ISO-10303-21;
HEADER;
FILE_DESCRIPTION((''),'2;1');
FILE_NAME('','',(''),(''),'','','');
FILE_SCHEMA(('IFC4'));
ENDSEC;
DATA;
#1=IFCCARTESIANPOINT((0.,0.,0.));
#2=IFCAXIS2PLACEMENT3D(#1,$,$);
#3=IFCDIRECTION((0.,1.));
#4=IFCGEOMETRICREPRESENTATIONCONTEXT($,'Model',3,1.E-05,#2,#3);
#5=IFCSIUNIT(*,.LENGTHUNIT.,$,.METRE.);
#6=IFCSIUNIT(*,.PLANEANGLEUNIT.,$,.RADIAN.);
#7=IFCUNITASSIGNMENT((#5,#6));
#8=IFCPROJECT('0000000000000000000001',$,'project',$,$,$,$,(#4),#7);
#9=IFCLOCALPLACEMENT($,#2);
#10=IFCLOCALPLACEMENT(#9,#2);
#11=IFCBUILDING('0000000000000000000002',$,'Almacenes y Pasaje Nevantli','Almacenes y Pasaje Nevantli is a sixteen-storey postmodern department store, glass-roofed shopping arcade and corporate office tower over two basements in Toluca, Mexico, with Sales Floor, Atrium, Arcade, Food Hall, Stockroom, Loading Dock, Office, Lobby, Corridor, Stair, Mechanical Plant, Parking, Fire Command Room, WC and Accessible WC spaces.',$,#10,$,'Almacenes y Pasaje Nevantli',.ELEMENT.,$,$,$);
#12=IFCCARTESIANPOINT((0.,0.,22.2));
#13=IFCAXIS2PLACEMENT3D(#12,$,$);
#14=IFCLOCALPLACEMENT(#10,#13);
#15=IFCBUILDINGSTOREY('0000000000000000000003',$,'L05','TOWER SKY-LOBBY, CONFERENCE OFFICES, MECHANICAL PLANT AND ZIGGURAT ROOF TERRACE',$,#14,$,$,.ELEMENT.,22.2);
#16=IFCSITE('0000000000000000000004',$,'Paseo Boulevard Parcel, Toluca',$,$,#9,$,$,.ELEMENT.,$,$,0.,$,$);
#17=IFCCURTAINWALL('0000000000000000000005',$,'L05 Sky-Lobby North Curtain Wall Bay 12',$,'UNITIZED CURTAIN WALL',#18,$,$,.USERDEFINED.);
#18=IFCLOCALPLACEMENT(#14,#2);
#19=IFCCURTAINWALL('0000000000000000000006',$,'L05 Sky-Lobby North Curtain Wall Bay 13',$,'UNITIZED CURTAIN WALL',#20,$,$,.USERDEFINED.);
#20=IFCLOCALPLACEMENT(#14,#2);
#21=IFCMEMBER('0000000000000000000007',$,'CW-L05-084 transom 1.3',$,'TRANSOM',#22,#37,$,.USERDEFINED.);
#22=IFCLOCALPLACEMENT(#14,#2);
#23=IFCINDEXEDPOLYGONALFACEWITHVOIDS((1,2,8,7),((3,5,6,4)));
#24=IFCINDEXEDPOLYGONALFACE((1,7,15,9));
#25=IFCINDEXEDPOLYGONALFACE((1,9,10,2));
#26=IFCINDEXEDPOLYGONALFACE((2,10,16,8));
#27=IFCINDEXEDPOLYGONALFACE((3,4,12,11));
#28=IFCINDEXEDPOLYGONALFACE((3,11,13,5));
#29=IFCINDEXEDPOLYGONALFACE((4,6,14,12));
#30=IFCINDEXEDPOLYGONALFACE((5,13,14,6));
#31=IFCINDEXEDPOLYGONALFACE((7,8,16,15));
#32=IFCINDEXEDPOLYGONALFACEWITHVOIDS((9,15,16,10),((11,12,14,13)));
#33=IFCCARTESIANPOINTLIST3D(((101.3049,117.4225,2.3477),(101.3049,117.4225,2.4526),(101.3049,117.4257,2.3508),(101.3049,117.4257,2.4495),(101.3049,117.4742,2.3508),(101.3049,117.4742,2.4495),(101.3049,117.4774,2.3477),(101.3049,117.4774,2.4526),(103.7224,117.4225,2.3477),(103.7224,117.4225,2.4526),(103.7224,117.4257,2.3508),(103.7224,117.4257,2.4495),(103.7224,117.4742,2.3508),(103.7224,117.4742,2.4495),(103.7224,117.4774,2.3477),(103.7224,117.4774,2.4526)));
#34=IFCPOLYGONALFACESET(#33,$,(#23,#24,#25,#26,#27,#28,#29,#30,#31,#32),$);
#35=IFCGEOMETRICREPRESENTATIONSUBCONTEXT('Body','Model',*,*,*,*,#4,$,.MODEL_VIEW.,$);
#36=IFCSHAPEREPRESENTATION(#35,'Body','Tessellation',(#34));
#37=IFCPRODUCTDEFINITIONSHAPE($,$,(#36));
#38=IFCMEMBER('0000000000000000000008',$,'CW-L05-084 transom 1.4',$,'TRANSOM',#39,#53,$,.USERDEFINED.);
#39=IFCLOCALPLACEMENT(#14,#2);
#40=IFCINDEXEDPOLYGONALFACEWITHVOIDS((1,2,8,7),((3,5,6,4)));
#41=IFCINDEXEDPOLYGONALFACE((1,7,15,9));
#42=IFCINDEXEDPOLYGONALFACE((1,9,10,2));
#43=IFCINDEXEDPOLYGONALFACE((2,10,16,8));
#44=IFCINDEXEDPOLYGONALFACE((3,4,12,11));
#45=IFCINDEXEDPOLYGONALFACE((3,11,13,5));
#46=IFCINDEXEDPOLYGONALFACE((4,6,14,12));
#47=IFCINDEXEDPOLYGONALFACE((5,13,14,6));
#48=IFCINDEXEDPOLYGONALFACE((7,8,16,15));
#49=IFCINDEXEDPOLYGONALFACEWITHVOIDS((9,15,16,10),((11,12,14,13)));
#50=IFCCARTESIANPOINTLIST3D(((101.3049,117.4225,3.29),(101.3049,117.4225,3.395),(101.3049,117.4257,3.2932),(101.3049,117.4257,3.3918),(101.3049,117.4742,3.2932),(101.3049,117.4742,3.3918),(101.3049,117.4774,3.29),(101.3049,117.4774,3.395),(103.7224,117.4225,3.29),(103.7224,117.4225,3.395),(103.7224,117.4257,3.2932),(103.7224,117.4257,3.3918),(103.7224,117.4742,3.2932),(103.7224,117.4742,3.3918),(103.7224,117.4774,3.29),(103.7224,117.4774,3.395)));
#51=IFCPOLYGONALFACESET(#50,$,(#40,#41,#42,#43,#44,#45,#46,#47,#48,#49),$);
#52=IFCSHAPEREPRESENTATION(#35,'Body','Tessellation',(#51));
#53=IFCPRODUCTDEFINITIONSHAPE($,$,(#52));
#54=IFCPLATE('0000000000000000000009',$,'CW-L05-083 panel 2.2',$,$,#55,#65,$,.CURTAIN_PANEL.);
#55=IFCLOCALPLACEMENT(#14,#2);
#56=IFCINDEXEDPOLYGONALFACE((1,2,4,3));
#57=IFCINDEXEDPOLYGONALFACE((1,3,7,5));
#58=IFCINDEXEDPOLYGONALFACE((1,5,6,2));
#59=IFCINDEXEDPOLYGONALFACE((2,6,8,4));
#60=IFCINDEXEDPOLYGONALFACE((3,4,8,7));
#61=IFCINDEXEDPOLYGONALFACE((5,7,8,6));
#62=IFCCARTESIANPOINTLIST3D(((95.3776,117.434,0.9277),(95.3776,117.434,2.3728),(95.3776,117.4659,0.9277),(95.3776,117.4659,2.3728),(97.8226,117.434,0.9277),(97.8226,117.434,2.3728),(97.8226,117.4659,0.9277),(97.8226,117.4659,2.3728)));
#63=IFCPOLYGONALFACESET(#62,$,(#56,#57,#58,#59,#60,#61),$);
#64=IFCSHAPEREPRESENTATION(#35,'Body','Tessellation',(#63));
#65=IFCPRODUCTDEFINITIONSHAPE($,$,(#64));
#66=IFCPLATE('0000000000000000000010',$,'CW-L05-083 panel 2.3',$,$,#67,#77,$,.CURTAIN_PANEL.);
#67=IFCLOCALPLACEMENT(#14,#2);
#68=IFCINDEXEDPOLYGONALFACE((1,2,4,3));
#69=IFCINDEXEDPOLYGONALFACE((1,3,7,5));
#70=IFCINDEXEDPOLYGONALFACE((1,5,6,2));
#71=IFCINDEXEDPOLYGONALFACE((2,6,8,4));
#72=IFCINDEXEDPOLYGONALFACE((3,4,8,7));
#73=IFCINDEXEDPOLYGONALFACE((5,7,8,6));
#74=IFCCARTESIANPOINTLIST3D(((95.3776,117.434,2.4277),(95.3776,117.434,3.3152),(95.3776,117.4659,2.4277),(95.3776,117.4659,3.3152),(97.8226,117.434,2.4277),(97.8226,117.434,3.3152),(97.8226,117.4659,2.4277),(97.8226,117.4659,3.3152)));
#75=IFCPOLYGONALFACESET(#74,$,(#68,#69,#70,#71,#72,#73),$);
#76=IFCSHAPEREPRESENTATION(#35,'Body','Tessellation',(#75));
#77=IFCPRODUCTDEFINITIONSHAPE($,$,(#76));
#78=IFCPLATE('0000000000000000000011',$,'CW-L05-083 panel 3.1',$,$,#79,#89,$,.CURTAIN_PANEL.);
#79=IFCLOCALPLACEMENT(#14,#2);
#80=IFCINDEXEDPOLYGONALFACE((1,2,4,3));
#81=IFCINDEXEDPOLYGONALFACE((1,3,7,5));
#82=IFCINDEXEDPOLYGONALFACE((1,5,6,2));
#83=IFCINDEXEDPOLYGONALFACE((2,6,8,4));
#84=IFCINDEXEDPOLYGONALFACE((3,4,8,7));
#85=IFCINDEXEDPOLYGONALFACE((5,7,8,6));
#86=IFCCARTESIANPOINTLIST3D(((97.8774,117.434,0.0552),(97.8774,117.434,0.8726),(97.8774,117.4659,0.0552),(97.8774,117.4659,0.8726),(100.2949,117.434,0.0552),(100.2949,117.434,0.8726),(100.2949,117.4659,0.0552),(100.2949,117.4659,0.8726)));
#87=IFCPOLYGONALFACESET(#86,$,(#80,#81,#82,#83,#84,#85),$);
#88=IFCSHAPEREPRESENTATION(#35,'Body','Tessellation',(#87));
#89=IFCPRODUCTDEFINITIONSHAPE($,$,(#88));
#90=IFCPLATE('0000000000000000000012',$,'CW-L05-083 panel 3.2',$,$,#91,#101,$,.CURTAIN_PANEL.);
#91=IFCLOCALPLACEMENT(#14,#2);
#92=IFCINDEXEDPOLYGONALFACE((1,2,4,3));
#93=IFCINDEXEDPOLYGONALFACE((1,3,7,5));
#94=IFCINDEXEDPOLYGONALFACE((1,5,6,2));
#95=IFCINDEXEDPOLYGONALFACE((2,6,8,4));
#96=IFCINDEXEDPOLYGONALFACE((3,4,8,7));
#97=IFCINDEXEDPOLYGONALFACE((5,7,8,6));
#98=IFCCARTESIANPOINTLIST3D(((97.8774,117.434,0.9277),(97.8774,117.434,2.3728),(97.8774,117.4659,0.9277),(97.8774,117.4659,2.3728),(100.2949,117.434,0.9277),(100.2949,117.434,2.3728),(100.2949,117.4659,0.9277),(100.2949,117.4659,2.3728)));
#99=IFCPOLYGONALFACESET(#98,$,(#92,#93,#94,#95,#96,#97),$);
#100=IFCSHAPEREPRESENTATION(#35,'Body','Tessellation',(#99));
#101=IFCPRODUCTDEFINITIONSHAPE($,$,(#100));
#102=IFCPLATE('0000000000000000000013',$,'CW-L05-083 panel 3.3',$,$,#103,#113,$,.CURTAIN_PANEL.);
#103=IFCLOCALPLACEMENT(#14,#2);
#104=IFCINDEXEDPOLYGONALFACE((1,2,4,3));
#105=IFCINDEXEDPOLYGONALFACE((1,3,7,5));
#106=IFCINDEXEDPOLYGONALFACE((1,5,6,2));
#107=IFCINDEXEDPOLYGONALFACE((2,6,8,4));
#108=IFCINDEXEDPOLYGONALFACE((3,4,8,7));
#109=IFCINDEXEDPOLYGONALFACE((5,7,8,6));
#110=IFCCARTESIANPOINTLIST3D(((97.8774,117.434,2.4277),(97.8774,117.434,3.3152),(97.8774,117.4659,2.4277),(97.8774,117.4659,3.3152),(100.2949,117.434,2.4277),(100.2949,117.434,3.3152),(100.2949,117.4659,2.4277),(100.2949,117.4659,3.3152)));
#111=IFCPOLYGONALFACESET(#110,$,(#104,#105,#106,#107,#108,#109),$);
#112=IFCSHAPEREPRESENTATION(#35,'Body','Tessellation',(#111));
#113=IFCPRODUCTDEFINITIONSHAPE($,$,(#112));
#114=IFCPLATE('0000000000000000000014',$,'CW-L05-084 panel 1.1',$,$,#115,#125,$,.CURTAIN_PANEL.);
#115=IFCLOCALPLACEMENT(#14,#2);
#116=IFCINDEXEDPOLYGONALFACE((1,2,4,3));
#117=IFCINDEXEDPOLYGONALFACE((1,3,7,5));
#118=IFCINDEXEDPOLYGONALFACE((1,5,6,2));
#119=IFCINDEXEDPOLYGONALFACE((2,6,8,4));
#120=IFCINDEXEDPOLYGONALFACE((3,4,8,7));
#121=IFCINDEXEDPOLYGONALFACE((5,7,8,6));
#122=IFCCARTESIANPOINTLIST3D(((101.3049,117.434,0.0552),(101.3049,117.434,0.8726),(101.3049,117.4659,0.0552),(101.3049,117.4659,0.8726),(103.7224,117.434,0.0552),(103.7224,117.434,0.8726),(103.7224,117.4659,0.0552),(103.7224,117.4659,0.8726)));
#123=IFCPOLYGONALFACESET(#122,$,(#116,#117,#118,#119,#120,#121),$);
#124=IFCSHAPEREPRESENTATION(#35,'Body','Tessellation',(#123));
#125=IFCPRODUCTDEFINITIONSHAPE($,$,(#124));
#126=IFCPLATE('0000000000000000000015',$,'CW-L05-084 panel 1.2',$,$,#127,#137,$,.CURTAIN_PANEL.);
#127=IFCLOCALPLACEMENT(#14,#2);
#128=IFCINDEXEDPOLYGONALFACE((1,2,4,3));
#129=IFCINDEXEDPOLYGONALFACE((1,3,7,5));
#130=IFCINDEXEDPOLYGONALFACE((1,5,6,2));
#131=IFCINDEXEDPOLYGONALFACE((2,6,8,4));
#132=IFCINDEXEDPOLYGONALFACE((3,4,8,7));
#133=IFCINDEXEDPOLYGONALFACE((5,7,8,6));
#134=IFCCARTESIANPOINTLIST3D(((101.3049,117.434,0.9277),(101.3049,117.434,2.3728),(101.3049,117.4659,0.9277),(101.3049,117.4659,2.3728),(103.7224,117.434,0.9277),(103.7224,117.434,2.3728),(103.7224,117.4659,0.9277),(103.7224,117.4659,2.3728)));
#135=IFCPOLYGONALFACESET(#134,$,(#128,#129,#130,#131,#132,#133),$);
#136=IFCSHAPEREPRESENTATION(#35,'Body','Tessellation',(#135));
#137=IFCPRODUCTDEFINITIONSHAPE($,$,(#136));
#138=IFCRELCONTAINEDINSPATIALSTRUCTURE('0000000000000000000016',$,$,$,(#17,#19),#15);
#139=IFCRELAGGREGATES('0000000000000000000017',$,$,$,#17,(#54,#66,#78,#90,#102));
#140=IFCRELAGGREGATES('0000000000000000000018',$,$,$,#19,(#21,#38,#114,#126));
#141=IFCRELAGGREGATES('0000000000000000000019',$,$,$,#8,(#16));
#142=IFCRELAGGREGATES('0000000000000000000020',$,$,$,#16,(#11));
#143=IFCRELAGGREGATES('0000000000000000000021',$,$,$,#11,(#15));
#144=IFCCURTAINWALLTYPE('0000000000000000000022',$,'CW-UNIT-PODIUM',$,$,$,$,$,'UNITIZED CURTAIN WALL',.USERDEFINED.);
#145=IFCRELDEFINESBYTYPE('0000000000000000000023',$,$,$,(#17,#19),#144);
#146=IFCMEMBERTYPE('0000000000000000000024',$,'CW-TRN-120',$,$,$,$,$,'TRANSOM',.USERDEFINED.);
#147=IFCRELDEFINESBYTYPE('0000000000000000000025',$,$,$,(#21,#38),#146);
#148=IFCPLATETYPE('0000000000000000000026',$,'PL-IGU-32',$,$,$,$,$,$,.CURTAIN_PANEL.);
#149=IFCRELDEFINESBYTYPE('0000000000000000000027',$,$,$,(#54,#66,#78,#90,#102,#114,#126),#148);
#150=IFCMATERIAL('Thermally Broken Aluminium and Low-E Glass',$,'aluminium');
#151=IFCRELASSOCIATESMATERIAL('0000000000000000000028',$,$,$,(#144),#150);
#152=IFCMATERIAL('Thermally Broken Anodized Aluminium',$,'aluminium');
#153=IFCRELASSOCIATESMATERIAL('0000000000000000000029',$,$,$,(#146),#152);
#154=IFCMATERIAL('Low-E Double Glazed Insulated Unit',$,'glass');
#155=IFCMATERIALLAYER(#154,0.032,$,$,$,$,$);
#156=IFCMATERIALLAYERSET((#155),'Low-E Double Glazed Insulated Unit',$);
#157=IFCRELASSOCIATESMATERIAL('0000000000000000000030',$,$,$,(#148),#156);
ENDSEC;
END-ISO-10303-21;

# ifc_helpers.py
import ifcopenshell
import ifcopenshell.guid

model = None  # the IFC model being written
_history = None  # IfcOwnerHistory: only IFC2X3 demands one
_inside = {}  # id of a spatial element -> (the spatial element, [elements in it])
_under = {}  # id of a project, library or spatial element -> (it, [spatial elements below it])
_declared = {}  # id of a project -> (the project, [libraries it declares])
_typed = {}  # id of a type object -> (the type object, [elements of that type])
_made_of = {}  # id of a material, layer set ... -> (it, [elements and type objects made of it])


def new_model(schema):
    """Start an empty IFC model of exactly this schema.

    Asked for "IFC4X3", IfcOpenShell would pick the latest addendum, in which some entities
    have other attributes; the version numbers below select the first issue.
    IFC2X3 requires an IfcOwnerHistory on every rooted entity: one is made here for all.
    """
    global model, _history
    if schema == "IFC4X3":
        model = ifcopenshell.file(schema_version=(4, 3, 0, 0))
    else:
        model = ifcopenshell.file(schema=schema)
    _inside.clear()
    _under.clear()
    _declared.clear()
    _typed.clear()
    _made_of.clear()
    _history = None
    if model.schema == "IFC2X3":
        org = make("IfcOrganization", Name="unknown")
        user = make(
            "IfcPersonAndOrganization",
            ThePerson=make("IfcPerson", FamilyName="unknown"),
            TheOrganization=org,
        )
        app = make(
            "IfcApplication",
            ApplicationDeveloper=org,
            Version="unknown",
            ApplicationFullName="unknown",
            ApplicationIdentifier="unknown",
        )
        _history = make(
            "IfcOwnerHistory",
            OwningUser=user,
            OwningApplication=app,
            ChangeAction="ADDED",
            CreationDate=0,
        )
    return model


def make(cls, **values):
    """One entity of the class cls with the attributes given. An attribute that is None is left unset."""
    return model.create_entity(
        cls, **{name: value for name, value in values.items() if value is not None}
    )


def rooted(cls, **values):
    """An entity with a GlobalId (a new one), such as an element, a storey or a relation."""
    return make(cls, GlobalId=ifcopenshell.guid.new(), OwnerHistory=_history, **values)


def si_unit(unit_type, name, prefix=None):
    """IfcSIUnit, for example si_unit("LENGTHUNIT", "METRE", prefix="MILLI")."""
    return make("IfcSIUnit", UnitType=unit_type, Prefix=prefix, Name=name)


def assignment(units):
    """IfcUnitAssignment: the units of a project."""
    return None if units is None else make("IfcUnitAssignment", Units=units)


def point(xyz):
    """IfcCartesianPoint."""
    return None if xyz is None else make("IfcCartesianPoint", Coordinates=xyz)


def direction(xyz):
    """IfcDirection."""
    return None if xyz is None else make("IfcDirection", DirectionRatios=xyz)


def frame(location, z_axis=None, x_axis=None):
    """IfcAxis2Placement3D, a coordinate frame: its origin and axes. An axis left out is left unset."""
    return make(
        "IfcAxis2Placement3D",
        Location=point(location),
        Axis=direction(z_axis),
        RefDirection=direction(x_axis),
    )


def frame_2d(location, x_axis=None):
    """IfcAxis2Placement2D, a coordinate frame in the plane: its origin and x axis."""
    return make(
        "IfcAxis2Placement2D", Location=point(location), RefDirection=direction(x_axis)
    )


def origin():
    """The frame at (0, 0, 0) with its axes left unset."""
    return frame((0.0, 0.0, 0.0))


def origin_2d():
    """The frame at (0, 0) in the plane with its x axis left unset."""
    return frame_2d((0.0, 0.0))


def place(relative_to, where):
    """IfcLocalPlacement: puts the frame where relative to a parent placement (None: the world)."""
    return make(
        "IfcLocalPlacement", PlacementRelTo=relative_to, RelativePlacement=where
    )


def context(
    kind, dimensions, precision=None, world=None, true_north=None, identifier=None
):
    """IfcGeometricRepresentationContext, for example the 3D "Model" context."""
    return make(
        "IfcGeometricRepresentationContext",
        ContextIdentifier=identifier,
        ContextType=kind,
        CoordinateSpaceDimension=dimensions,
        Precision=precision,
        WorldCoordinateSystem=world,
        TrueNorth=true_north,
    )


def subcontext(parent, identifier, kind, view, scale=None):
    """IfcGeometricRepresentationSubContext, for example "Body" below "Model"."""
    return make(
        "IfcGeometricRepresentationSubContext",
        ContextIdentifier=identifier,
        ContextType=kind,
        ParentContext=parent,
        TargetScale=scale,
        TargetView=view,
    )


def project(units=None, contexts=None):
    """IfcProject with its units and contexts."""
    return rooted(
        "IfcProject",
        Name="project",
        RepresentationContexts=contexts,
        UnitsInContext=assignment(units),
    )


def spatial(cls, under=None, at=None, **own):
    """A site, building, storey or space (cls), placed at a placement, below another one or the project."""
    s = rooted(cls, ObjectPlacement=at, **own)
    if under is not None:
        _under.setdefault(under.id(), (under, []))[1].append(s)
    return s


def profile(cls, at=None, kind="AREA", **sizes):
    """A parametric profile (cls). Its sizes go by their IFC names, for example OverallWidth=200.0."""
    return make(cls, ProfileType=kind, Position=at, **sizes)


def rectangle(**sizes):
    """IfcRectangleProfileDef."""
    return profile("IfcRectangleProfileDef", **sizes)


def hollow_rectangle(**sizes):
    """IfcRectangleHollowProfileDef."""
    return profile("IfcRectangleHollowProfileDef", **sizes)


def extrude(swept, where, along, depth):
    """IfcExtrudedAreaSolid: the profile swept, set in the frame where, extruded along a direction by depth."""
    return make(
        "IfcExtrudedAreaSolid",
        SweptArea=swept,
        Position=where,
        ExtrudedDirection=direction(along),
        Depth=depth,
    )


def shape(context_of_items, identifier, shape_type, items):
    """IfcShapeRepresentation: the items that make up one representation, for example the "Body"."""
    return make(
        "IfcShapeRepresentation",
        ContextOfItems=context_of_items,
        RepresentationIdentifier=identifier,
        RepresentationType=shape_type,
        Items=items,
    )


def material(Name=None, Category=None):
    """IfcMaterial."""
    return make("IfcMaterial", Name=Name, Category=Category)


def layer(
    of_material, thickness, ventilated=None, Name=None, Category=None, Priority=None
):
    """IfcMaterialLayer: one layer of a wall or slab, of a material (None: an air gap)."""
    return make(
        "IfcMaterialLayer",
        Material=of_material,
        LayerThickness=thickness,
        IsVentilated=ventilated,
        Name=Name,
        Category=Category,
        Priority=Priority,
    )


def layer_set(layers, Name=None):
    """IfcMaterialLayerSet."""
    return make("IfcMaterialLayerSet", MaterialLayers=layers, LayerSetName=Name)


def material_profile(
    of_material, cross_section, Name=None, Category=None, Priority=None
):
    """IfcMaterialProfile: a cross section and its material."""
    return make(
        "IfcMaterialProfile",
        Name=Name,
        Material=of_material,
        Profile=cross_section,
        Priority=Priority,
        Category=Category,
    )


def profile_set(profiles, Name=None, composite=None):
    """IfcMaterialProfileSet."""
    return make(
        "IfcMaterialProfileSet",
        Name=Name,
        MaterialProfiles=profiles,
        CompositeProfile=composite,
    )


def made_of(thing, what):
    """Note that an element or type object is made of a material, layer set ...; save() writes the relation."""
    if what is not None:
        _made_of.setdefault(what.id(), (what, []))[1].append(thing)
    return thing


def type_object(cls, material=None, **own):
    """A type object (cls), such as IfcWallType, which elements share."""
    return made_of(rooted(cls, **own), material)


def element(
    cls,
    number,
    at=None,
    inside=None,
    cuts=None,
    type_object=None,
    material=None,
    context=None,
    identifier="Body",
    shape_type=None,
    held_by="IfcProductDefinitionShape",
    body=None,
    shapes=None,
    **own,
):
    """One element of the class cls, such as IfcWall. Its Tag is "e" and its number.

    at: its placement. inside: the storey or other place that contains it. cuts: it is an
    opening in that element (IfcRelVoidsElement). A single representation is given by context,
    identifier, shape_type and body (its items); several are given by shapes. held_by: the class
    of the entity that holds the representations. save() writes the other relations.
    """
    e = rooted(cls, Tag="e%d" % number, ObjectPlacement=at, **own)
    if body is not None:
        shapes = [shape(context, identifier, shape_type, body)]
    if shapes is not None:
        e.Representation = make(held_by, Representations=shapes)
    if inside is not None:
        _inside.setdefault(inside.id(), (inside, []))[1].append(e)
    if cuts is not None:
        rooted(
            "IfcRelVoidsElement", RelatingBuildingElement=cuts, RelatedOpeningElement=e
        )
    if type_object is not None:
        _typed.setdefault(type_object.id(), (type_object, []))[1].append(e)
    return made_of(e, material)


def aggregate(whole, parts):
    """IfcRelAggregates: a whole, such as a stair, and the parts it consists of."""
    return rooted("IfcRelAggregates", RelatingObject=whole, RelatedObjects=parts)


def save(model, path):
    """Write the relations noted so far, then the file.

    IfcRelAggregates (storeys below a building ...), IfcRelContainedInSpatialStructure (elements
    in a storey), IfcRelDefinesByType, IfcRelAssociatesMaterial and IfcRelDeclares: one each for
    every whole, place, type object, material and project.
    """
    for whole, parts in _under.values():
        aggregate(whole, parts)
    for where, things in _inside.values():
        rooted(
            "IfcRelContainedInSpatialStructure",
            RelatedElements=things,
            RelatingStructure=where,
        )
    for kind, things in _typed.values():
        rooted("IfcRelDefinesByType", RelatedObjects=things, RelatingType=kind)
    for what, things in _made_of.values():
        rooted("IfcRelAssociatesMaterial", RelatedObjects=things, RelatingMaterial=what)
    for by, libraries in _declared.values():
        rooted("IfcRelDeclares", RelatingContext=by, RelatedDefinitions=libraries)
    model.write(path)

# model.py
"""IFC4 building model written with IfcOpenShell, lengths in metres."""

from ifc_helpers import new_model, si_unit, direction, frame, origin, origin_2d, place, context, subcontext, project, spatial, rectangle, hollow_rectangle, extrude, material, layer, layer_set, material_profile, profile_set, type_object, element, aggregate, save


model = new_model("IFC4")

# Units and contexts
model_context = context("Model", 3, precision=1e-05, world=origin(), true_north=direction((0.0, 1.0)))
body_context = subcontext(model_context, "Body", "Model", "MODEL_VIEW")
ifc_project = project(units=[si_unit("LENGTHUNIT", "METRE"), si_unit("PLANEANGLEUNIT", "RADIAN")], contexts=[model_context])

# Site, building, storey
site_placement = place(None, origin())
site = spatial("IfcSite", under=ifc_project, at=site_placement, Name="Paseo Boulevard Parcel, Toluca", CompositionType="ELEMENT", RefElevation=0.0)
building_placement = place(site_placement, origin())
building = spatial("IfcBuilding", under=site, at=building_placement, Name="Almacenes y Pasaje Nevantli", Description="Almacenes y Pasaje Nevantli is a sixteen-storey postmodern department store, glass-roofed shopping arcade and corporate office tower over two basements in Toluca, Mexico, with Sales Floor, Atrium, Arcade, Food Hall, Stockroom, Loading Dock, Office, Lobby, Corridor, Stair, Mechanical Plant, Parking, Fire Command Room, WC and Accessible WC spaces.", LongName="Almacenes y Pasaje Nevantli", CompositionType="ELEMENT")
storey_placement = place(building_placement, frame((0.0, 0.0, 22.2)))
storey = spatial("IfcBuildingStorey", under=building, at=storey_placement, Name="L05", Description="TOWER SKY-LOBBY, CONFERENCE OFFICES, MECHANICAL PLANT AND ZIGGURAT ROOF TERRACE", CompositionType="ELEMENT", Elevation=22.2)

# Curtain wall
ifc_material_1 = material(Name="Thermally Broken Aluminium and Low-E Glass", Category="aluminium")
curtain_wall_type = type_object("IfcCurtainWallType", Name="CW-UNIT-PODIUM", ElementType="UNITIZED CURTAIN WALL", PredefinedType="USERDEFINED", material=ifc_material_1)
curtain_wall_1_placement = place(storey_placement, origin())
curtain_wall_1 = element("IfcCurtainWall", 1, at=curtain_wall_1_placement, inside=storey, type_object=curtain_wall_type, Name="L05 Sky-Lobby North Curtain Wall Bay 12", ObjectType="UNITIZED CURTAIN WALL", PredefinedType="USERDEFINED")

# Curtain wall
curtain_wall_2_placement = place(storey_placement, origin())
curtain_wall_2 = element("IfcCurtainWall", 2, at=curtain_wall_2_placement, inside=storey, type_object=curtain_wall_type, Name="L05 Sky-Lobby North Curtain Wall Bay 13", ObjectType="UNITIZED CURTAIN WALL", PredefinedType="USERDEFINED")

# Members
ifc_material_2 = material(Name="Thermally Broken Anodized Aluminium", Category="aluminium")
ifc_material_profile_1 = material_profile(ifc_material_2, hollow_rectangle(XDim=0.0549, YDim=0.105, WallThickness=0.0032, at=origin_2d()), Name="ALU-TRN-55x105")
ifc_profile_set_1 = profile_set([ifc_material_profile_1], Name="Thermally Broken Anodized Aluminium")
member_type_1 = type_object("IfcMemberType", Name="CW-TRN-120", ElementType="TRANSOM", PredefinedType="USERDEFINED", material=ifc_profile_set_1)
member_1_placement = place(storey_placement, frame((101.3049, 117.45, 2.4001), z_axis=(1.0, 0.0, 0.0), x_axis=(0.0, 1.0, 0.0)))
member_1 = element("IfcMember", 3, at=member_1_placement, type_object=member_type_1, Name="CW-L05-084 transom 1.3", ObjectType="TRANSOM", PredefinedType="USERDEFINED", context=body_context, shape_type="SweptSolid", body=[
    extrude(hollow_rectangle(XDim=0.0549, YDim=0.105, WallThickness=0.0032, at=origin_2d()), origin(), (0.0, 0.0, 1.0), 2.4175),
])
member_2_placement = place(storey_placement, frame((101.3049, 117.45, 3.3425), z_axis=(1.0, 0.0, 0.0), x_axis=(0.0, 1.0, 0.0)))
member_2 = element("IfcMember", 4, at=member_2_placement, type_object=member_type_1, Name="CW-L05-084 transom 1.4", ObjectType="TRANSOM", PredefinedType="USERDEFINED", context=body_context, shape_type="SweptSolid", body=[
    extrude(hollow_rectangle(XDim=0.0549, YDim=0.105, WallThickness=0.0032, at=origin_2d()), origin(), (0.0, 0.0, 1.0), 2.4175),
])

# Plates
ifc_material_3 = material(Name="Low-E Double Glazed Insulated Unit", Category="glass")
ifc_layer = layer(ifc_material_3, 0.032)
ifc_layer_set = layer_set([ifc_layer], Name="Low-E Double Glazed Insulated Unit")
plate_type = type_object("IfcPlateType", Name="PL-IGU-32", PredefinedType="CURTAIN_PANEL", material=ifc_layer_set)
plate_1_placement = place(storey_placement, frame((96.6001, 117.45, 0.9277), z_axis=(0.0, 0.0, 1.0), x_axis=(1.0, 0.0, 0.0)))
plate_1 = element("IfcPlate", 5, at=plate_1_placement, type_object=plate_type, Name="CW-L05-083 panel 2.2", PredefinedType="CURTAIN_PANEL", context=body_context, shape_type="SweptSolid", body=[
    extrude(rectangle(XDim=2.4451, YDim=0.032, at=origin_2d()), origin(), (0.0, 0.0, 1.0), 1.4451),
])
plate_2_placement = place(storey_placement, frame((96.6001, 117.45, 2.4277), z_axis=(0.0, 0.0, 1.0), x_axis=(1.0, 0.0, 0.0)))
plate_2 = element("IfcPlate", 6, at=plate_2_placement, type_object=plate_type, Name="CW-L05-083 panel 2.3", PredefinedType="CURTAIN_PANEL", context=body_context, shape_type="SweptSolid", body=[
    extrude(rectangle(XDim=2.4451, YDim=0.032, at=origin_2d()), origin(), (0.0, 0.0, 1.0), 0.8875),
])
plate_3_placement = place(storey_placement, frame((99.0862, 117.45, 0.0552), z_axis=(0.0, 0.0, 1.0), x_axis=(1.0, 0.0, 0.0)))
plate_3 = element("IfcPlate", 7, at=plate_3_placement, type_object=plate_type, Name="CW-L05-083 panel 3.1", PredefinedType="CURTAIN_PANEL", context=body_context, shape_type="SweptSolid", body=[
    extrude(rectangle(XDim=2.4175, YDim=0.032, at=origin_2d()), origin(), (0.0, 0.0, 1.0), 0.8174),
])
plate_4_placement = place(storey_placement, frame((99.0862, 117.45, 0.9277), z_axis=(0.0, 0.0, 1.0), x_axis=(1.0, 0.0, 0.0)))
plate_4 = element("IfcPlate", 8, at=plate_4_placement, type_object=plate_type, Name="CW-L05-083 panel 3.2", PredefinedType="CURTAIN_PANEL", context=body_context, shape_type="SweptSolid", body=[
    extrude(rectangle(XDim=2.4175, YDim=0.032, at=origin_2d()), origin(), (0.0, 0.0, 1.0), 1.4451),
])
plate_5_placement = place(storey_placement, frame((99.0862, 117.45, 2.4277), z_axis=(0.0, 0.0, 1.0), x_axis=(1.0, 0.0, 0.0)))
plate_5 = element("IfcPlate", 9, at=plate_5_placement, type_object=plate_type, Name="CW-L05-083 panel 3.3", PredefinedType="CURTAIN_PANEL", context=body_context, shape_type="SweptSolid", body=[
    extrude(rectangle(XDim=2.4175, YDim=0.032, at=origin_2d()), origin(), (0.0, 0.0, 1.0), 0.8875),
])
aggregate(curtain_wall_1, [plate_1, plate_2, plate_3, plate_4, plate_5])
plate_6_placement = place(storey_placement, frame((102.5137, 117.45, 0.0552), z_axis=(0.0, 0.0, 1.0), x_axis=(1.0, 0.0, 0.0)))
plate_6 = element("IfcPlate", 10, at=plate_6_placement, type_object=plate_type, Name="CW-L05-084 panel 1.1", PredefinedType="CURTAIN_PANEL", context=body_context, shape_type="SweptSolid", body=[
    extrude(rectangle(XDim=2.4175, YDim=0.032, at=origin_2d()), origin(), (0.0, 0.0, 1.0), 0.8174),
])
plate_7_placement = place(storey_placement, frame((102.5137, 117.45, 0.9277), z_axis=(0.0, 0.0, 1.0), x_axis=(1.0, 0.0, 0.0)))
plate_7 = element("IfcPlate", 11, at=plate_7_placement, type_object=plate_type, Name="CW-L05-084 panel 1.2", PredefinedType="CURTAIN_PANEL", context=body_context, shape_type="SweptSolid", body=[
    extrude(rectangle(XDim=2.4175, YDim=0.032, at=origin_2d()), origin(), (0.0, 0.0, 1.0), 1.4451),
])
aggregate(curtain_wall_2, [member_1, member_2, plate_6, plate_7])

save(model, "model.ifc")
